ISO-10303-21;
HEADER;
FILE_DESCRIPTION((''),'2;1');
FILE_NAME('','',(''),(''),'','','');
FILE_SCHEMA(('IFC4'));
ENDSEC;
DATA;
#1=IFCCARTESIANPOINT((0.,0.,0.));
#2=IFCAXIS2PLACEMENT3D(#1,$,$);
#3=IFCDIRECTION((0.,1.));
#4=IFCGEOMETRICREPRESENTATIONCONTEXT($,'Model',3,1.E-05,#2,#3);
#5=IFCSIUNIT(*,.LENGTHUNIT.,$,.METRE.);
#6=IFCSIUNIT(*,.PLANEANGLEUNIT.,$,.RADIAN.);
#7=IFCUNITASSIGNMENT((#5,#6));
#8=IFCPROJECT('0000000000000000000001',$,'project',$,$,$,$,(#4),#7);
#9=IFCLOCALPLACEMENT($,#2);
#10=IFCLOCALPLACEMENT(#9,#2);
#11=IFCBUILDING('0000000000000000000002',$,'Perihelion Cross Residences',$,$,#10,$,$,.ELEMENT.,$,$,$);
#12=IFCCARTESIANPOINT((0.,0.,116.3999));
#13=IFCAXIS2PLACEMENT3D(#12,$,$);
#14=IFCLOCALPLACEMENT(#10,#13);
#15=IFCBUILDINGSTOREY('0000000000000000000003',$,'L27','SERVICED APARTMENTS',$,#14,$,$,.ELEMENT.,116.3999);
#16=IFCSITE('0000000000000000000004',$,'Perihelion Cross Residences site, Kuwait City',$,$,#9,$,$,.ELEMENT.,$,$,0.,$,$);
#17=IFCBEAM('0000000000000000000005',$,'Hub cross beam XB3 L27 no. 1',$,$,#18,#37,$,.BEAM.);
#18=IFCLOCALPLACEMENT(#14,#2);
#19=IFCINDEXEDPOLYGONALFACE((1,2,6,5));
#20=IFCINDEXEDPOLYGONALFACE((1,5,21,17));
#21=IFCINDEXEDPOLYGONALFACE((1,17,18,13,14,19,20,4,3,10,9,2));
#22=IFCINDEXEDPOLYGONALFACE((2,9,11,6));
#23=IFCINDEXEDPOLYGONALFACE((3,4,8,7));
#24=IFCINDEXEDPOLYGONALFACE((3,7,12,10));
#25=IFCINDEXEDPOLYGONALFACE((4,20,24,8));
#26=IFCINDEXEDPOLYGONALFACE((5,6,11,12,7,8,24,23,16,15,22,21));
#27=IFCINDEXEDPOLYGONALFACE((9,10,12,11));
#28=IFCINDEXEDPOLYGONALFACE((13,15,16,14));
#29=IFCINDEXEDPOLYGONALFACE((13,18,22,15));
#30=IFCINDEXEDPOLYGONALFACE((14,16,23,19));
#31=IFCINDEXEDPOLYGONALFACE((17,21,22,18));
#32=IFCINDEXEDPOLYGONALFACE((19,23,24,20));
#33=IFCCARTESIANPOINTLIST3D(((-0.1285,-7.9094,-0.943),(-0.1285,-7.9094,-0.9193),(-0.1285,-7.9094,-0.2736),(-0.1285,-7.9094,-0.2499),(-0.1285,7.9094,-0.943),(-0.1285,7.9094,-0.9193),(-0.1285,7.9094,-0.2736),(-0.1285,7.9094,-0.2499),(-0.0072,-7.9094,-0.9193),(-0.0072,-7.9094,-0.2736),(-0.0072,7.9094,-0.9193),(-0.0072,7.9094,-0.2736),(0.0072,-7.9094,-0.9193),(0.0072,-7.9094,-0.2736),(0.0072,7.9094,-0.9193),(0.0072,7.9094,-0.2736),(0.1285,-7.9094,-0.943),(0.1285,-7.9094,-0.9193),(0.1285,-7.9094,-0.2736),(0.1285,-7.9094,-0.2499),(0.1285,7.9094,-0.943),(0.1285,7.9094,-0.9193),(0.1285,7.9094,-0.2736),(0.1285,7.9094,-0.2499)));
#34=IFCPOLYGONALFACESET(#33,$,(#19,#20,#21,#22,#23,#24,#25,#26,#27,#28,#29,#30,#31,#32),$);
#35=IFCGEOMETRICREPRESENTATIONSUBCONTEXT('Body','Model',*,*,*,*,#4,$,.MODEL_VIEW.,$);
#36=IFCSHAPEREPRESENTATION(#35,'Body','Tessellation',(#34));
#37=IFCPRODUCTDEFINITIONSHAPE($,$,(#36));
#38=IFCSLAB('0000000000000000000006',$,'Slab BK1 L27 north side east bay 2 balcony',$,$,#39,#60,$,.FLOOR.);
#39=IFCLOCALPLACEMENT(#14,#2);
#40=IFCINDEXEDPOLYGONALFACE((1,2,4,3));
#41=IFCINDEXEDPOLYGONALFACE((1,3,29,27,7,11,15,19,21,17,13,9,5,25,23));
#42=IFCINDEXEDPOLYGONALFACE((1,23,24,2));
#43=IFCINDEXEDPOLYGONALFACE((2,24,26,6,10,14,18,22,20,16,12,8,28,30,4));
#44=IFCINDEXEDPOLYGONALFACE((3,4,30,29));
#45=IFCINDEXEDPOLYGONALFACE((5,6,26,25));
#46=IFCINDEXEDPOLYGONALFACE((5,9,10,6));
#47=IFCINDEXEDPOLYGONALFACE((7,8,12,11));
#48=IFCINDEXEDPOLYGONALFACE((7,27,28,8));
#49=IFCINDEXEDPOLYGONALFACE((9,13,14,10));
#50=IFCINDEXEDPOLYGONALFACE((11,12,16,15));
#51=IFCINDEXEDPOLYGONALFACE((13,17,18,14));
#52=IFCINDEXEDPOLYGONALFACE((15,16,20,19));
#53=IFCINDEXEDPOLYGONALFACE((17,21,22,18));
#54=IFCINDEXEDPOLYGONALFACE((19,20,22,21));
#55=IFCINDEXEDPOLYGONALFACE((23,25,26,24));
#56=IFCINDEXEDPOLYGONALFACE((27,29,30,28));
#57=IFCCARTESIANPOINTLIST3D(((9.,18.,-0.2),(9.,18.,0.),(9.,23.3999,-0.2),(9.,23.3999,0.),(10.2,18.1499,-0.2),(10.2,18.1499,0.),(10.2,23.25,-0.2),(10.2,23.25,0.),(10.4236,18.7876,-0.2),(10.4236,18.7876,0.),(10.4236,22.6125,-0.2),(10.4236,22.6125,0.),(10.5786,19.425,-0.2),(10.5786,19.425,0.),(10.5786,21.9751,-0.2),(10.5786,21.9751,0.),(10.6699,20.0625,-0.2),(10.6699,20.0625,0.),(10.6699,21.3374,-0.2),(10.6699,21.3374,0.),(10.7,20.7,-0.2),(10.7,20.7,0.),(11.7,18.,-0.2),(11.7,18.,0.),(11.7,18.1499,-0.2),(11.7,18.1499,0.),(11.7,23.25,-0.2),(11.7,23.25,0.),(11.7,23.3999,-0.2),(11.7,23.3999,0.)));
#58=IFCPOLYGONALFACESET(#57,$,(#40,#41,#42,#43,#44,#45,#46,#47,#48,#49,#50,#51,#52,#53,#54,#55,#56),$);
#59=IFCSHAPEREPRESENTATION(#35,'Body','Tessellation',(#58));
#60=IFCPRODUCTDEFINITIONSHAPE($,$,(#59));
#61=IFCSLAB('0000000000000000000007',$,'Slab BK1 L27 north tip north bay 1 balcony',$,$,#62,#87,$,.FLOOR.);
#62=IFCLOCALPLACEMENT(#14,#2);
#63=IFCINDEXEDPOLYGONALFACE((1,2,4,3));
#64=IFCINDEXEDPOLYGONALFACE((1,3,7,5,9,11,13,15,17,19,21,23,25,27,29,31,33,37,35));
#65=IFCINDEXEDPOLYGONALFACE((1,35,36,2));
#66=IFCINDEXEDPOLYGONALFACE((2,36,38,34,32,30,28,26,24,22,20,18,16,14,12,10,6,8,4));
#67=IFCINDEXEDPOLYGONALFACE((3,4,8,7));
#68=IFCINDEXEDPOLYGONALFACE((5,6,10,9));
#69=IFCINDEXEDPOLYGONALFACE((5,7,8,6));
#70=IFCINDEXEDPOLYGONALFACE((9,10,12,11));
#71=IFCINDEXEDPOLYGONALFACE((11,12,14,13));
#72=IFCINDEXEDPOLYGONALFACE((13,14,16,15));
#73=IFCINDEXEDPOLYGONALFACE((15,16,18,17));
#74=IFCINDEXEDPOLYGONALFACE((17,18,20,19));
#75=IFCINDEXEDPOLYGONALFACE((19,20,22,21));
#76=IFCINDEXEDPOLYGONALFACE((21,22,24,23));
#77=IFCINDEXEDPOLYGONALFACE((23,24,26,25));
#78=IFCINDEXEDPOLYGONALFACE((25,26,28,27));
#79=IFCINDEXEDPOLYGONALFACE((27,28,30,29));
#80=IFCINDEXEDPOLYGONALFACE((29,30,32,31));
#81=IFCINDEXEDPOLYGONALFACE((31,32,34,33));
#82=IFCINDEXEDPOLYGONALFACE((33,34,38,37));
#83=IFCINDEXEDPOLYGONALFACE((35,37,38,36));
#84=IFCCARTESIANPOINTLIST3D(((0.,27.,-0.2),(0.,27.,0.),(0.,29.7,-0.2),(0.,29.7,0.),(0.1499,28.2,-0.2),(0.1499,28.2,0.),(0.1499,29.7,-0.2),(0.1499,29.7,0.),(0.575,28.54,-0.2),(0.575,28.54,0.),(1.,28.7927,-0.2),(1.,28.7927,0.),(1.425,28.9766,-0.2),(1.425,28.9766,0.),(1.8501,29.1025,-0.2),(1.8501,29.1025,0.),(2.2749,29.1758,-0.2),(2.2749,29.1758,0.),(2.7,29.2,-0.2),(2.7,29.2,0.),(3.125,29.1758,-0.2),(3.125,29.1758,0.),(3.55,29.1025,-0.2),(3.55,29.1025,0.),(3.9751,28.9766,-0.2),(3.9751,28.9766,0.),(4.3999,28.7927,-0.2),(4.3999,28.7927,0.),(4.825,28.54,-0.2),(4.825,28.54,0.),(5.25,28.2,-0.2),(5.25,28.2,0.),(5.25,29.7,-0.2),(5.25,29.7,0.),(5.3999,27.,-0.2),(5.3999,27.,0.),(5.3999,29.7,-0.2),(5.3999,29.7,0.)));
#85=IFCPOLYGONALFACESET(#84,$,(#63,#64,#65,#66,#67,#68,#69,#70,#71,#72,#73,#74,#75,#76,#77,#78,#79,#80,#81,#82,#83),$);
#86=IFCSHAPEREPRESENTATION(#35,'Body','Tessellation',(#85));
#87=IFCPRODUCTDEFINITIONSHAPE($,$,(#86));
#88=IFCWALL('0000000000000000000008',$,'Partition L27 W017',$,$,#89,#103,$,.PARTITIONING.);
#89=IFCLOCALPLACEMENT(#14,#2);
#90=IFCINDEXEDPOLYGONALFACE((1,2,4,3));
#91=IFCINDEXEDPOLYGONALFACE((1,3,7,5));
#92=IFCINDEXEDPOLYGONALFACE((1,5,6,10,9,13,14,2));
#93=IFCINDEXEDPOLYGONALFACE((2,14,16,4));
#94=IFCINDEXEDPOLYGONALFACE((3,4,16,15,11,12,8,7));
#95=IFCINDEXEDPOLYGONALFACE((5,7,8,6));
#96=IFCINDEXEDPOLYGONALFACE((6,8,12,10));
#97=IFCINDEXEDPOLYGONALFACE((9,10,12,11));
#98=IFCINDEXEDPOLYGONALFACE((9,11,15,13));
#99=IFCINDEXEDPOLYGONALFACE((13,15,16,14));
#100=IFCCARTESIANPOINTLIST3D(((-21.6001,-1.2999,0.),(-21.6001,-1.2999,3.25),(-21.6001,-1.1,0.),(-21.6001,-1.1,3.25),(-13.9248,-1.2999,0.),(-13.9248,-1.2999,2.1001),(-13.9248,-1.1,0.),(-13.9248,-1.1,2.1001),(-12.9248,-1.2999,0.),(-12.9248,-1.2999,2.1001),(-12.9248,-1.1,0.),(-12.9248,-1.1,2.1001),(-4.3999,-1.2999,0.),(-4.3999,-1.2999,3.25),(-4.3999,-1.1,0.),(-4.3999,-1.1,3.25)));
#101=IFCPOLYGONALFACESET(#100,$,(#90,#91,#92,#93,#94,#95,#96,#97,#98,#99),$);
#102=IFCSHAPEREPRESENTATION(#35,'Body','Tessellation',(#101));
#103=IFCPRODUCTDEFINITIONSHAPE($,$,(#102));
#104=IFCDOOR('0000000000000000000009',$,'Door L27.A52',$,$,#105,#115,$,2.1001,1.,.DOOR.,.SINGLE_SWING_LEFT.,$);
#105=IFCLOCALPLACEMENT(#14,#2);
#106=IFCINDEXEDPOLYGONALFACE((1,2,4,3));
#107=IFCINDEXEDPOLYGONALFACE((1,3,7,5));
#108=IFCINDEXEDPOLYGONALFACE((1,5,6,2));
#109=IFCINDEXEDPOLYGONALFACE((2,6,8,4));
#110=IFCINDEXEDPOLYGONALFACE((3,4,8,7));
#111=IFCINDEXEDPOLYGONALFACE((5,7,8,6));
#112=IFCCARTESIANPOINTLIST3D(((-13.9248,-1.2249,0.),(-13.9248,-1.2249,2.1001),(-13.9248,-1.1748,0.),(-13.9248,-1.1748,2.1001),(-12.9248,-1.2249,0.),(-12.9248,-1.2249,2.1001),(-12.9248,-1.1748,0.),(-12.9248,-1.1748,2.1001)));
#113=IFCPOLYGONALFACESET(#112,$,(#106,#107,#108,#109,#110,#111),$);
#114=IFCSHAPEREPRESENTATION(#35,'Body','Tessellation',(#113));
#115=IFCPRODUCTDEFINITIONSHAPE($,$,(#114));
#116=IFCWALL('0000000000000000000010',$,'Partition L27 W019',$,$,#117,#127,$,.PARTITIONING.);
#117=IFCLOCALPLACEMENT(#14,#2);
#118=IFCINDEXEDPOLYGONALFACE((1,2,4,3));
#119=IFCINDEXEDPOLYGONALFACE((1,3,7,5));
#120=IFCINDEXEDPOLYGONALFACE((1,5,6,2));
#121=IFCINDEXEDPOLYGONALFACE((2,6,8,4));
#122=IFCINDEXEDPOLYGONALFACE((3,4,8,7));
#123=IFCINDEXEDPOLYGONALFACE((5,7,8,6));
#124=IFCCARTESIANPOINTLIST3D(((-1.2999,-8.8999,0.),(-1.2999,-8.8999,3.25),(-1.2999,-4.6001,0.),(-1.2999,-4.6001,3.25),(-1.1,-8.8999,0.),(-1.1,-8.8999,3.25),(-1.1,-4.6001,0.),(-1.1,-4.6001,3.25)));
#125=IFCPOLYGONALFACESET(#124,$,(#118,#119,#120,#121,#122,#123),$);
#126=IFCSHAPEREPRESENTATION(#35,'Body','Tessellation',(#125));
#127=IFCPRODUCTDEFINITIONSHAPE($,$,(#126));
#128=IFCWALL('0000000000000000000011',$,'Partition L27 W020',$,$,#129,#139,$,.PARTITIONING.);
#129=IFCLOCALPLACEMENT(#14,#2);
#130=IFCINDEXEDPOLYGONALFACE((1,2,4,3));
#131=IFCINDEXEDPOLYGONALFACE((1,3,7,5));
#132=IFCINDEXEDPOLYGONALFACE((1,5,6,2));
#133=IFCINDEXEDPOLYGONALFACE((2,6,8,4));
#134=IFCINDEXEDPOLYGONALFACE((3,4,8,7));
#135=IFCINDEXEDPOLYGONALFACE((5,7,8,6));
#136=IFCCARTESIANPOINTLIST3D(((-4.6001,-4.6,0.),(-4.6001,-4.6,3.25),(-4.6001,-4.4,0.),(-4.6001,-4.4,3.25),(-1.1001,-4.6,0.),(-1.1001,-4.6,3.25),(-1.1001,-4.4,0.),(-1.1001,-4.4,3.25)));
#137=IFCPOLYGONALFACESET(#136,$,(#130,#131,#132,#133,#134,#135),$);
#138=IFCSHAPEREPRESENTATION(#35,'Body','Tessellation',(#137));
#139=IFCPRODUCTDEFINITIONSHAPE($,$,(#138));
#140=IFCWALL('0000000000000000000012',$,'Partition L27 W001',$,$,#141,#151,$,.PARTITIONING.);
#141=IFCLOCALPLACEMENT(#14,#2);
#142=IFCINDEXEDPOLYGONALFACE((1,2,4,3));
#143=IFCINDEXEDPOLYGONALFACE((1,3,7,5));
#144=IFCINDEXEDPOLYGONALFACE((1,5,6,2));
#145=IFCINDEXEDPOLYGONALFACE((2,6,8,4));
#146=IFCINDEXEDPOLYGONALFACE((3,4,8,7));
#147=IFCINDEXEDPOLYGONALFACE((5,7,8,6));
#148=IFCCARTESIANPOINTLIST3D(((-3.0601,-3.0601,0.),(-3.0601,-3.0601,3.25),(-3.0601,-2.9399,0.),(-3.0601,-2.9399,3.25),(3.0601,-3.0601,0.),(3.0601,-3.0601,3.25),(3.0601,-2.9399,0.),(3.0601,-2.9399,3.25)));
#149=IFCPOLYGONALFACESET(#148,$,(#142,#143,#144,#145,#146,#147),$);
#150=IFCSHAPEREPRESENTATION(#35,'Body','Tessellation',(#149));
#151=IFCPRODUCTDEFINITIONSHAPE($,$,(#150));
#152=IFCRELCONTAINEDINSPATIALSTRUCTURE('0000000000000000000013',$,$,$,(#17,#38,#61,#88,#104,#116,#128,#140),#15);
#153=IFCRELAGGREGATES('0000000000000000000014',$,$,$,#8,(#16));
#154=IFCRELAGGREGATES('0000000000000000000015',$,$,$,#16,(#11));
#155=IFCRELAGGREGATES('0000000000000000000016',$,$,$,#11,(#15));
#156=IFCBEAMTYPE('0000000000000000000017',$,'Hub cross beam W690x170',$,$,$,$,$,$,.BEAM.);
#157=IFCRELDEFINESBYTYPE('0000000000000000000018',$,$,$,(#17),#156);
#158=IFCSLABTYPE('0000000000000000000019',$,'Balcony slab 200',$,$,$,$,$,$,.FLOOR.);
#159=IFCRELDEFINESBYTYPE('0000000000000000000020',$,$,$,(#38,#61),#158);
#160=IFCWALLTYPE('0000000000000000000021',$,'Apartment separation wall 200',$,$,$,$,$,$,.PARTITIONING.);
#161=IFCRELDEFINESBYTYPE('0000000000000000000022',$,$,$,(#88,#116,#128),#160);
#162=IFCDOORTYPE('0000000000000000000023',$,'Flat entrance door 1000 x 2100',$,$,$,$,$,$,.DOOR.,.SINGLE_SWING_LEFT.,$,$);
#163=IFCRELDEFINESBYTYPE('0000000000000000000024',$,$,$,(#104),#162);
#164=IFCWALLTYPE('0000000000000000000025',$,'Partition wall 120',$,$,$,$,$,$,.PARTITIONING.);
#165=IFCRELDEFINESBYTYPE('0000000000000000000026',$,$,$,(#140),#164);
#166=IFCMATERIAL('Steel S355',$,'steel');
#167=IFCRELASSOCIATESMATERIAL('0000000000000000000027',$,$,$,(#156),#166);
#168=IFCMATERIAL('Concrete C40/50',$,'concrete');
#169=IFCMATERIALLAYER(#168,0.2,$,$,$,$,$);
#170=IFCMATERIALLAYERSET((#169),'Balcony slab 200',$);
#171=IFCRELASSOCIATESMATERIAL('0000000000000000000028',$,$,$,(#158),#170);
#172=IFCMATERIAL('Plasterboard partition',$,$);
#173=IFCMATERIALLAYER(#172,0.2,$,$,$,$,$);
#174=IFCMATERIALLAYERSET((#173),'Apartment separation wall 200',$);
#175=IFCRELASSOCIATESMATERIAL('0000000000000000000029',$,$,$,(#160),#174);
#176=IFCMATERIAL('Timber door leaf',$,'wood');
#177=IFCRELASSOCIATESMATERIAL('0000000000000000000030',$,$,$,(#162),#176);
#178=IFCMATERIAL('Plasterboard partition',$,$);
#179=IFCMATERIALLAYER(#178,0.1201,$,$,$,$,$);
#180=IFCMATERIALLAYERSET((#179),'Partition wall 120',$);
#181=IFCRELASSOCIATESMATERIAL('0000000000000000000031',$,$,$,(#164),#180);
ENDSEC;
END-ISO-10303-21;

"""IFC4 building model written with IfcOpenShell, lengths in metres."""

from ifc_helpers import new_model, si_unit, direction, frame, frame_2d, origin, origin_2d, place, context, subcontext, project, spatial, polyline, rectangle, i_section, outline, extrude, material, layer, layer_set, material_profile, profile_set, type_object, element, fill, save


model = new_model("IFC4")

# Units and contexts
model_context = context("Model", 3, precision=1e-05, world=origin(), true_north=direction((0.0, 1.0)))
body_context = subcontext(model_context, "Body", "Model", "MODEL_VIEW")
ifc_project = project(units=[si_unit("LENGTHUNIT", "METRE"), si_unit("PLANEANGLEUNIT", "RADIAN")], contexts=[model_context])

# Site, building, storey
site_placement = place(None, origin())
site = spatial("IfcSite", under=ifc_project, at=site_placement, Name="Perihelion Cross Residences site, Kuwait City", CompositionType="ELEMENT", RefElevation=0.0)
building_placement = place(site_placement, origin())
building = spatial("IfcBuilding", under=site, at=building_placement, Name="Perihelion Cross Residences", CompositionType="ELEMENT")
storey_placement = place(building_placement, frame((0.0, 0.0, 116.3999)))
storey = spatial("IfcBuildingStorey", under=building, at=storey_placement, Name="L27", Description="SERVICED APARTMENTS", CompositionType="ELEMENT", Elevation=116.3999)

# Beam
ifc_material_1 = material(Name="Steel S355", Category="steel")
ifc_material_profile = material_profile(ifc_material_1, i_section(OverallWidth=0.2571, OverallDepth=0.6931, WebThickness=0.0144, FlangeThickness=0.0237, at=origin_2d()), Name="W690x170")
ifc_profile_set = profile_set([ifc_material_profile], Name="Steel S355")
beam_type = type_object("IfcBeamType", Name="Hub cross beam W690x170", PredefinedType="BEAM", material=ifc_profile_set)
beam_placement = place(storey_placement, frame((0.0, -7.9094, -0.5964), z_axis=(0.0, 1.0, 0.0), x_axis=(-1.0, 0.0, 0.0)))
element("IfcBeam", 1, at=beam_placement, inside=storey, type_object=beam_type, Name="Hub cross beam XB3 L27 no. 1", PredefinedType="BEAM", context=body_context, shape_type="SweptSolid", body=[
    extrude(i_section(OverallWidth=0.2571, OverallDepth=0.6931, WebThickness=0.0144, FlangeThickness=0.0237, at=origin_2d()), origin(), (0.0, 0.0, 1.0), 15.8188),
])

# Slabs
ifc_material_2 = material(Name="Concrete C40/50", Category="concrete")
ifc_layer_1 = layer(ifc_material_2, 0.2)
ifc_layer_set_1 = layer_set([ifc_layer_1], Name="Balcony slab 200")
slab_type_1 = type_object("IfcSlabType", Name="Balcony slab 200", PredefinedType="FLOOR", material=ifc_layer_set_1)
slab_1_placement = place(storey_placement, frame((0.0, 0.0, -0.2)))
element("IfcSlab", 2, at=slab_1_placement, inside=storey, type_object=slab_type_1, Name="Slab BK1 L27 north side east bay 2 balcony", PredefinedType="FLOOR", context=body_context, shape_type="SweptSolid", body=[
    extrude(outline(polyline([(9.0, 18.0), (9.0, 23.3999), (11.7, 23.3999), (11.7, 23.25), (10.2, 23.25), (10.4236, 22.6125), (10.5786, 21.9751), (10.6699, 21.3374), (10.7, 20.7), (10.6699, 20.0625), (10.5786, 19.425), (10.4236, 18.7876), (10.2, 18.1499), (11.7, 18.1499), (11.7, 18.0), (9.0, 18.0)])), origin(), (0.0, 0.0, 1.0), 0.2),
])
slab_2_placement = place(storey_placement, frame((0.0, 0.0, -0.2)))
element("IfcSlab", 3, at=slab_2_placement, inside=storey, type_object=slab_type_1, Name="Slab BK1 L27 north tip north bay 1 balcony", PredefinedType="FLOOR", context=body_context, shape_type="SweptSolid", body=[
    extrude(outline(polyline([(5.3999, 27.0), (0.0, 27.0), (0.0, 29.7), (0.1499, 29.7), (0.1499, 28.2), (0.575, 28.54), (1.0, 28.7927), (1.425, 28.9766), (1.8501, 29.1025), (2.2749, 29.1758), (2.7, 29.2), (3.125, 29.1758), (3.55, 29.1025), (3.9751, 28.9766), (4.3999, 28.7927), (4.825, 28.54), (5.25, 28.2), (5.25, 29.7), (5.3999, 29.7), (5.3999, 27.0)])), origin(), (0.0, 0.0, 1.0), 0.2),
])

# Wall, opening, door
ifc_material_3 = material(Name="Plasterboard partition")
ifc_layer_2 = layer(ifc_material_3, 0.2)
ifc_layer_set_2 = layer_set([ifc_layer_2], Name="Apartment separation wall 200")
wall_type_1 = type_object("IfcWallType", Name="Apartment separation wall 200", PredefinedType="PARTITIONING", material=ifc_layer_set_2)
wall_1_placement = place(storey_placement, frame((-4.3999, -1.2, 0.0), z_axis=(0.0, 0.0, 1.0), x_axis=(-1.0, 0.0, 0.0)))
wall_1 = element("IfcWall", 4, at=wall_1_placement, inside=storey, type_object=wall_type_1, Name="Partition L27 W017", PredefinedType="PARTITIONING", context=body_context, shape_type="SweptSolid", body=[
    extrude(rectangle(XDim=17.2002, YDim=0.2, at=frame_2d((8.6001, 0.0))), origin(), (0.0, 0.0, 1.0), 3.25),
])
opening_1_placement = place(wall_1_placement, frame((8.5249, 0.0, 0.0)))
opening_1 = element("IfcOpeningElement", 5, at=opening_1_placement, cuts=wall_1, PredefinedType="OPENING", context=body_context, shape_type="SweptSolid", body=[
    extrude(rectangle(XDim=1.0, YDim=2.1001, at=frame_2d((0.5, 1.05))), frame((0.0, 0.1099, 0.0), z_axis=(0.0, -1.0, 0.0), x_axis=(1.0, 0.0, 0.0)), (0.0, 0.0, 1.0), 0.22),
])
ifc_material_4 = material(Name="Timber door leaf", Category="wood")
door_type_1 = type_object("IfcDoorType", Name="Flat entrance door 1000 x 2100", OperationType="SINGLE_SWING_LEFT", PredefinedType="DOOR", material=ifc_material_4)
door_1_placement = place(opening_1_placement, origin())
door_1 = element("IfcDoor", 6, at=door_1_placement, inside=storey, type_object=door_type_1, Name="Door L27.A52", OperationType="SINGLE_SWING_LEFT", OverallHeight=2.1001, OverallWidth=1.0, PredefinedType="DOOR", context=body_context, shape_type="SweptSolid", body=[
    extrude(rectangle(XDim=1.0, YDim=2.1001, at=frame_2d((0.5, 1.05))), frame((0.0, 0.0249, 0.0), z_axis=(0.0, -1.0, 0.0), x_axis=(1.0, 0.0, 0.0)), (0.0, 0.0, 1.0), 0.05),
])
fill(opening_1, door_1)

# Walls
wall_2_placement = place(storey_placement, frame((-1.2, -8.8999, 0.0), z_axis=(0.0, 0.0, 1.0), x_axis=(0.0, 1.0, 0.0)))
element("IfcWall", 7, at=wall_2_placement, inside=storey, type_object=wall_type_1, Name="Partition L27 W019", PredefinedType="PARTITIONING", context=body_context, shape_type="SweptSolid", body=[
    extrude(rectangle(XDim=4.2998, YDim=0.2, at=frame_2d((2.1499, 0.0))), origin(), (0.0, 0.0, 1.0), 3.25),
])
wall_3_placement = place(storey_placement, frame((-1.1001, -4.5, 0.0), z_axis=(0.0, 0.0, 1.0), x_axis=(-1.0, 0.0, 0.0)))
element("IfcWall", 8, at=wall_3_placement, inside=storey, type_object=wall_type_1, Name="Partition L27 W020", PredefinedType="PARTITIONING", context=body_context, shape_type="SweptSolid", body=[
    extrude(rectangle(XDim=3.5, YDim=0.2, at=frame_2d((1.75, 0.0))), origin(), (0.0, 0.0, 1.0), 3.25),
])
ifc_material_5 = material(Name="Plasterboard partition")
ifc_layer_3 = layer(ifc_material_5, 0.1201)
ifc_layer_set_3 = layer_set([ifc_layer_3], Name="Partition wall 120")
wall_type_2 = type_object("IfcWallType", Name="Partition wall 120", PredefinedType="PARTITIONING", material=ifc_layer_set_3)
wall_4_placement = place(storey_placement, frame((-3.0601, -3.0, 0.0), z_axis=(0.0, 0.0, 1.0), x_axis=(1.0, 0.0, 0.0)))
element("IfcWall", 9, at=wall_4_placement, inside=storey, type_object=wall_type_2, Name="Partition L27 W001", PredefinedType="PARTITIONING", context=body_context, shape_type="SweptSolid", body=[
    extrude(rectangle(XDim=6.1201, YDim=0.1201, at=frame_2d((3.0601, 0.0))), origin(), (0.0, 0.0, 1.0), 3.25),
])

save(model, "model.ifc")
